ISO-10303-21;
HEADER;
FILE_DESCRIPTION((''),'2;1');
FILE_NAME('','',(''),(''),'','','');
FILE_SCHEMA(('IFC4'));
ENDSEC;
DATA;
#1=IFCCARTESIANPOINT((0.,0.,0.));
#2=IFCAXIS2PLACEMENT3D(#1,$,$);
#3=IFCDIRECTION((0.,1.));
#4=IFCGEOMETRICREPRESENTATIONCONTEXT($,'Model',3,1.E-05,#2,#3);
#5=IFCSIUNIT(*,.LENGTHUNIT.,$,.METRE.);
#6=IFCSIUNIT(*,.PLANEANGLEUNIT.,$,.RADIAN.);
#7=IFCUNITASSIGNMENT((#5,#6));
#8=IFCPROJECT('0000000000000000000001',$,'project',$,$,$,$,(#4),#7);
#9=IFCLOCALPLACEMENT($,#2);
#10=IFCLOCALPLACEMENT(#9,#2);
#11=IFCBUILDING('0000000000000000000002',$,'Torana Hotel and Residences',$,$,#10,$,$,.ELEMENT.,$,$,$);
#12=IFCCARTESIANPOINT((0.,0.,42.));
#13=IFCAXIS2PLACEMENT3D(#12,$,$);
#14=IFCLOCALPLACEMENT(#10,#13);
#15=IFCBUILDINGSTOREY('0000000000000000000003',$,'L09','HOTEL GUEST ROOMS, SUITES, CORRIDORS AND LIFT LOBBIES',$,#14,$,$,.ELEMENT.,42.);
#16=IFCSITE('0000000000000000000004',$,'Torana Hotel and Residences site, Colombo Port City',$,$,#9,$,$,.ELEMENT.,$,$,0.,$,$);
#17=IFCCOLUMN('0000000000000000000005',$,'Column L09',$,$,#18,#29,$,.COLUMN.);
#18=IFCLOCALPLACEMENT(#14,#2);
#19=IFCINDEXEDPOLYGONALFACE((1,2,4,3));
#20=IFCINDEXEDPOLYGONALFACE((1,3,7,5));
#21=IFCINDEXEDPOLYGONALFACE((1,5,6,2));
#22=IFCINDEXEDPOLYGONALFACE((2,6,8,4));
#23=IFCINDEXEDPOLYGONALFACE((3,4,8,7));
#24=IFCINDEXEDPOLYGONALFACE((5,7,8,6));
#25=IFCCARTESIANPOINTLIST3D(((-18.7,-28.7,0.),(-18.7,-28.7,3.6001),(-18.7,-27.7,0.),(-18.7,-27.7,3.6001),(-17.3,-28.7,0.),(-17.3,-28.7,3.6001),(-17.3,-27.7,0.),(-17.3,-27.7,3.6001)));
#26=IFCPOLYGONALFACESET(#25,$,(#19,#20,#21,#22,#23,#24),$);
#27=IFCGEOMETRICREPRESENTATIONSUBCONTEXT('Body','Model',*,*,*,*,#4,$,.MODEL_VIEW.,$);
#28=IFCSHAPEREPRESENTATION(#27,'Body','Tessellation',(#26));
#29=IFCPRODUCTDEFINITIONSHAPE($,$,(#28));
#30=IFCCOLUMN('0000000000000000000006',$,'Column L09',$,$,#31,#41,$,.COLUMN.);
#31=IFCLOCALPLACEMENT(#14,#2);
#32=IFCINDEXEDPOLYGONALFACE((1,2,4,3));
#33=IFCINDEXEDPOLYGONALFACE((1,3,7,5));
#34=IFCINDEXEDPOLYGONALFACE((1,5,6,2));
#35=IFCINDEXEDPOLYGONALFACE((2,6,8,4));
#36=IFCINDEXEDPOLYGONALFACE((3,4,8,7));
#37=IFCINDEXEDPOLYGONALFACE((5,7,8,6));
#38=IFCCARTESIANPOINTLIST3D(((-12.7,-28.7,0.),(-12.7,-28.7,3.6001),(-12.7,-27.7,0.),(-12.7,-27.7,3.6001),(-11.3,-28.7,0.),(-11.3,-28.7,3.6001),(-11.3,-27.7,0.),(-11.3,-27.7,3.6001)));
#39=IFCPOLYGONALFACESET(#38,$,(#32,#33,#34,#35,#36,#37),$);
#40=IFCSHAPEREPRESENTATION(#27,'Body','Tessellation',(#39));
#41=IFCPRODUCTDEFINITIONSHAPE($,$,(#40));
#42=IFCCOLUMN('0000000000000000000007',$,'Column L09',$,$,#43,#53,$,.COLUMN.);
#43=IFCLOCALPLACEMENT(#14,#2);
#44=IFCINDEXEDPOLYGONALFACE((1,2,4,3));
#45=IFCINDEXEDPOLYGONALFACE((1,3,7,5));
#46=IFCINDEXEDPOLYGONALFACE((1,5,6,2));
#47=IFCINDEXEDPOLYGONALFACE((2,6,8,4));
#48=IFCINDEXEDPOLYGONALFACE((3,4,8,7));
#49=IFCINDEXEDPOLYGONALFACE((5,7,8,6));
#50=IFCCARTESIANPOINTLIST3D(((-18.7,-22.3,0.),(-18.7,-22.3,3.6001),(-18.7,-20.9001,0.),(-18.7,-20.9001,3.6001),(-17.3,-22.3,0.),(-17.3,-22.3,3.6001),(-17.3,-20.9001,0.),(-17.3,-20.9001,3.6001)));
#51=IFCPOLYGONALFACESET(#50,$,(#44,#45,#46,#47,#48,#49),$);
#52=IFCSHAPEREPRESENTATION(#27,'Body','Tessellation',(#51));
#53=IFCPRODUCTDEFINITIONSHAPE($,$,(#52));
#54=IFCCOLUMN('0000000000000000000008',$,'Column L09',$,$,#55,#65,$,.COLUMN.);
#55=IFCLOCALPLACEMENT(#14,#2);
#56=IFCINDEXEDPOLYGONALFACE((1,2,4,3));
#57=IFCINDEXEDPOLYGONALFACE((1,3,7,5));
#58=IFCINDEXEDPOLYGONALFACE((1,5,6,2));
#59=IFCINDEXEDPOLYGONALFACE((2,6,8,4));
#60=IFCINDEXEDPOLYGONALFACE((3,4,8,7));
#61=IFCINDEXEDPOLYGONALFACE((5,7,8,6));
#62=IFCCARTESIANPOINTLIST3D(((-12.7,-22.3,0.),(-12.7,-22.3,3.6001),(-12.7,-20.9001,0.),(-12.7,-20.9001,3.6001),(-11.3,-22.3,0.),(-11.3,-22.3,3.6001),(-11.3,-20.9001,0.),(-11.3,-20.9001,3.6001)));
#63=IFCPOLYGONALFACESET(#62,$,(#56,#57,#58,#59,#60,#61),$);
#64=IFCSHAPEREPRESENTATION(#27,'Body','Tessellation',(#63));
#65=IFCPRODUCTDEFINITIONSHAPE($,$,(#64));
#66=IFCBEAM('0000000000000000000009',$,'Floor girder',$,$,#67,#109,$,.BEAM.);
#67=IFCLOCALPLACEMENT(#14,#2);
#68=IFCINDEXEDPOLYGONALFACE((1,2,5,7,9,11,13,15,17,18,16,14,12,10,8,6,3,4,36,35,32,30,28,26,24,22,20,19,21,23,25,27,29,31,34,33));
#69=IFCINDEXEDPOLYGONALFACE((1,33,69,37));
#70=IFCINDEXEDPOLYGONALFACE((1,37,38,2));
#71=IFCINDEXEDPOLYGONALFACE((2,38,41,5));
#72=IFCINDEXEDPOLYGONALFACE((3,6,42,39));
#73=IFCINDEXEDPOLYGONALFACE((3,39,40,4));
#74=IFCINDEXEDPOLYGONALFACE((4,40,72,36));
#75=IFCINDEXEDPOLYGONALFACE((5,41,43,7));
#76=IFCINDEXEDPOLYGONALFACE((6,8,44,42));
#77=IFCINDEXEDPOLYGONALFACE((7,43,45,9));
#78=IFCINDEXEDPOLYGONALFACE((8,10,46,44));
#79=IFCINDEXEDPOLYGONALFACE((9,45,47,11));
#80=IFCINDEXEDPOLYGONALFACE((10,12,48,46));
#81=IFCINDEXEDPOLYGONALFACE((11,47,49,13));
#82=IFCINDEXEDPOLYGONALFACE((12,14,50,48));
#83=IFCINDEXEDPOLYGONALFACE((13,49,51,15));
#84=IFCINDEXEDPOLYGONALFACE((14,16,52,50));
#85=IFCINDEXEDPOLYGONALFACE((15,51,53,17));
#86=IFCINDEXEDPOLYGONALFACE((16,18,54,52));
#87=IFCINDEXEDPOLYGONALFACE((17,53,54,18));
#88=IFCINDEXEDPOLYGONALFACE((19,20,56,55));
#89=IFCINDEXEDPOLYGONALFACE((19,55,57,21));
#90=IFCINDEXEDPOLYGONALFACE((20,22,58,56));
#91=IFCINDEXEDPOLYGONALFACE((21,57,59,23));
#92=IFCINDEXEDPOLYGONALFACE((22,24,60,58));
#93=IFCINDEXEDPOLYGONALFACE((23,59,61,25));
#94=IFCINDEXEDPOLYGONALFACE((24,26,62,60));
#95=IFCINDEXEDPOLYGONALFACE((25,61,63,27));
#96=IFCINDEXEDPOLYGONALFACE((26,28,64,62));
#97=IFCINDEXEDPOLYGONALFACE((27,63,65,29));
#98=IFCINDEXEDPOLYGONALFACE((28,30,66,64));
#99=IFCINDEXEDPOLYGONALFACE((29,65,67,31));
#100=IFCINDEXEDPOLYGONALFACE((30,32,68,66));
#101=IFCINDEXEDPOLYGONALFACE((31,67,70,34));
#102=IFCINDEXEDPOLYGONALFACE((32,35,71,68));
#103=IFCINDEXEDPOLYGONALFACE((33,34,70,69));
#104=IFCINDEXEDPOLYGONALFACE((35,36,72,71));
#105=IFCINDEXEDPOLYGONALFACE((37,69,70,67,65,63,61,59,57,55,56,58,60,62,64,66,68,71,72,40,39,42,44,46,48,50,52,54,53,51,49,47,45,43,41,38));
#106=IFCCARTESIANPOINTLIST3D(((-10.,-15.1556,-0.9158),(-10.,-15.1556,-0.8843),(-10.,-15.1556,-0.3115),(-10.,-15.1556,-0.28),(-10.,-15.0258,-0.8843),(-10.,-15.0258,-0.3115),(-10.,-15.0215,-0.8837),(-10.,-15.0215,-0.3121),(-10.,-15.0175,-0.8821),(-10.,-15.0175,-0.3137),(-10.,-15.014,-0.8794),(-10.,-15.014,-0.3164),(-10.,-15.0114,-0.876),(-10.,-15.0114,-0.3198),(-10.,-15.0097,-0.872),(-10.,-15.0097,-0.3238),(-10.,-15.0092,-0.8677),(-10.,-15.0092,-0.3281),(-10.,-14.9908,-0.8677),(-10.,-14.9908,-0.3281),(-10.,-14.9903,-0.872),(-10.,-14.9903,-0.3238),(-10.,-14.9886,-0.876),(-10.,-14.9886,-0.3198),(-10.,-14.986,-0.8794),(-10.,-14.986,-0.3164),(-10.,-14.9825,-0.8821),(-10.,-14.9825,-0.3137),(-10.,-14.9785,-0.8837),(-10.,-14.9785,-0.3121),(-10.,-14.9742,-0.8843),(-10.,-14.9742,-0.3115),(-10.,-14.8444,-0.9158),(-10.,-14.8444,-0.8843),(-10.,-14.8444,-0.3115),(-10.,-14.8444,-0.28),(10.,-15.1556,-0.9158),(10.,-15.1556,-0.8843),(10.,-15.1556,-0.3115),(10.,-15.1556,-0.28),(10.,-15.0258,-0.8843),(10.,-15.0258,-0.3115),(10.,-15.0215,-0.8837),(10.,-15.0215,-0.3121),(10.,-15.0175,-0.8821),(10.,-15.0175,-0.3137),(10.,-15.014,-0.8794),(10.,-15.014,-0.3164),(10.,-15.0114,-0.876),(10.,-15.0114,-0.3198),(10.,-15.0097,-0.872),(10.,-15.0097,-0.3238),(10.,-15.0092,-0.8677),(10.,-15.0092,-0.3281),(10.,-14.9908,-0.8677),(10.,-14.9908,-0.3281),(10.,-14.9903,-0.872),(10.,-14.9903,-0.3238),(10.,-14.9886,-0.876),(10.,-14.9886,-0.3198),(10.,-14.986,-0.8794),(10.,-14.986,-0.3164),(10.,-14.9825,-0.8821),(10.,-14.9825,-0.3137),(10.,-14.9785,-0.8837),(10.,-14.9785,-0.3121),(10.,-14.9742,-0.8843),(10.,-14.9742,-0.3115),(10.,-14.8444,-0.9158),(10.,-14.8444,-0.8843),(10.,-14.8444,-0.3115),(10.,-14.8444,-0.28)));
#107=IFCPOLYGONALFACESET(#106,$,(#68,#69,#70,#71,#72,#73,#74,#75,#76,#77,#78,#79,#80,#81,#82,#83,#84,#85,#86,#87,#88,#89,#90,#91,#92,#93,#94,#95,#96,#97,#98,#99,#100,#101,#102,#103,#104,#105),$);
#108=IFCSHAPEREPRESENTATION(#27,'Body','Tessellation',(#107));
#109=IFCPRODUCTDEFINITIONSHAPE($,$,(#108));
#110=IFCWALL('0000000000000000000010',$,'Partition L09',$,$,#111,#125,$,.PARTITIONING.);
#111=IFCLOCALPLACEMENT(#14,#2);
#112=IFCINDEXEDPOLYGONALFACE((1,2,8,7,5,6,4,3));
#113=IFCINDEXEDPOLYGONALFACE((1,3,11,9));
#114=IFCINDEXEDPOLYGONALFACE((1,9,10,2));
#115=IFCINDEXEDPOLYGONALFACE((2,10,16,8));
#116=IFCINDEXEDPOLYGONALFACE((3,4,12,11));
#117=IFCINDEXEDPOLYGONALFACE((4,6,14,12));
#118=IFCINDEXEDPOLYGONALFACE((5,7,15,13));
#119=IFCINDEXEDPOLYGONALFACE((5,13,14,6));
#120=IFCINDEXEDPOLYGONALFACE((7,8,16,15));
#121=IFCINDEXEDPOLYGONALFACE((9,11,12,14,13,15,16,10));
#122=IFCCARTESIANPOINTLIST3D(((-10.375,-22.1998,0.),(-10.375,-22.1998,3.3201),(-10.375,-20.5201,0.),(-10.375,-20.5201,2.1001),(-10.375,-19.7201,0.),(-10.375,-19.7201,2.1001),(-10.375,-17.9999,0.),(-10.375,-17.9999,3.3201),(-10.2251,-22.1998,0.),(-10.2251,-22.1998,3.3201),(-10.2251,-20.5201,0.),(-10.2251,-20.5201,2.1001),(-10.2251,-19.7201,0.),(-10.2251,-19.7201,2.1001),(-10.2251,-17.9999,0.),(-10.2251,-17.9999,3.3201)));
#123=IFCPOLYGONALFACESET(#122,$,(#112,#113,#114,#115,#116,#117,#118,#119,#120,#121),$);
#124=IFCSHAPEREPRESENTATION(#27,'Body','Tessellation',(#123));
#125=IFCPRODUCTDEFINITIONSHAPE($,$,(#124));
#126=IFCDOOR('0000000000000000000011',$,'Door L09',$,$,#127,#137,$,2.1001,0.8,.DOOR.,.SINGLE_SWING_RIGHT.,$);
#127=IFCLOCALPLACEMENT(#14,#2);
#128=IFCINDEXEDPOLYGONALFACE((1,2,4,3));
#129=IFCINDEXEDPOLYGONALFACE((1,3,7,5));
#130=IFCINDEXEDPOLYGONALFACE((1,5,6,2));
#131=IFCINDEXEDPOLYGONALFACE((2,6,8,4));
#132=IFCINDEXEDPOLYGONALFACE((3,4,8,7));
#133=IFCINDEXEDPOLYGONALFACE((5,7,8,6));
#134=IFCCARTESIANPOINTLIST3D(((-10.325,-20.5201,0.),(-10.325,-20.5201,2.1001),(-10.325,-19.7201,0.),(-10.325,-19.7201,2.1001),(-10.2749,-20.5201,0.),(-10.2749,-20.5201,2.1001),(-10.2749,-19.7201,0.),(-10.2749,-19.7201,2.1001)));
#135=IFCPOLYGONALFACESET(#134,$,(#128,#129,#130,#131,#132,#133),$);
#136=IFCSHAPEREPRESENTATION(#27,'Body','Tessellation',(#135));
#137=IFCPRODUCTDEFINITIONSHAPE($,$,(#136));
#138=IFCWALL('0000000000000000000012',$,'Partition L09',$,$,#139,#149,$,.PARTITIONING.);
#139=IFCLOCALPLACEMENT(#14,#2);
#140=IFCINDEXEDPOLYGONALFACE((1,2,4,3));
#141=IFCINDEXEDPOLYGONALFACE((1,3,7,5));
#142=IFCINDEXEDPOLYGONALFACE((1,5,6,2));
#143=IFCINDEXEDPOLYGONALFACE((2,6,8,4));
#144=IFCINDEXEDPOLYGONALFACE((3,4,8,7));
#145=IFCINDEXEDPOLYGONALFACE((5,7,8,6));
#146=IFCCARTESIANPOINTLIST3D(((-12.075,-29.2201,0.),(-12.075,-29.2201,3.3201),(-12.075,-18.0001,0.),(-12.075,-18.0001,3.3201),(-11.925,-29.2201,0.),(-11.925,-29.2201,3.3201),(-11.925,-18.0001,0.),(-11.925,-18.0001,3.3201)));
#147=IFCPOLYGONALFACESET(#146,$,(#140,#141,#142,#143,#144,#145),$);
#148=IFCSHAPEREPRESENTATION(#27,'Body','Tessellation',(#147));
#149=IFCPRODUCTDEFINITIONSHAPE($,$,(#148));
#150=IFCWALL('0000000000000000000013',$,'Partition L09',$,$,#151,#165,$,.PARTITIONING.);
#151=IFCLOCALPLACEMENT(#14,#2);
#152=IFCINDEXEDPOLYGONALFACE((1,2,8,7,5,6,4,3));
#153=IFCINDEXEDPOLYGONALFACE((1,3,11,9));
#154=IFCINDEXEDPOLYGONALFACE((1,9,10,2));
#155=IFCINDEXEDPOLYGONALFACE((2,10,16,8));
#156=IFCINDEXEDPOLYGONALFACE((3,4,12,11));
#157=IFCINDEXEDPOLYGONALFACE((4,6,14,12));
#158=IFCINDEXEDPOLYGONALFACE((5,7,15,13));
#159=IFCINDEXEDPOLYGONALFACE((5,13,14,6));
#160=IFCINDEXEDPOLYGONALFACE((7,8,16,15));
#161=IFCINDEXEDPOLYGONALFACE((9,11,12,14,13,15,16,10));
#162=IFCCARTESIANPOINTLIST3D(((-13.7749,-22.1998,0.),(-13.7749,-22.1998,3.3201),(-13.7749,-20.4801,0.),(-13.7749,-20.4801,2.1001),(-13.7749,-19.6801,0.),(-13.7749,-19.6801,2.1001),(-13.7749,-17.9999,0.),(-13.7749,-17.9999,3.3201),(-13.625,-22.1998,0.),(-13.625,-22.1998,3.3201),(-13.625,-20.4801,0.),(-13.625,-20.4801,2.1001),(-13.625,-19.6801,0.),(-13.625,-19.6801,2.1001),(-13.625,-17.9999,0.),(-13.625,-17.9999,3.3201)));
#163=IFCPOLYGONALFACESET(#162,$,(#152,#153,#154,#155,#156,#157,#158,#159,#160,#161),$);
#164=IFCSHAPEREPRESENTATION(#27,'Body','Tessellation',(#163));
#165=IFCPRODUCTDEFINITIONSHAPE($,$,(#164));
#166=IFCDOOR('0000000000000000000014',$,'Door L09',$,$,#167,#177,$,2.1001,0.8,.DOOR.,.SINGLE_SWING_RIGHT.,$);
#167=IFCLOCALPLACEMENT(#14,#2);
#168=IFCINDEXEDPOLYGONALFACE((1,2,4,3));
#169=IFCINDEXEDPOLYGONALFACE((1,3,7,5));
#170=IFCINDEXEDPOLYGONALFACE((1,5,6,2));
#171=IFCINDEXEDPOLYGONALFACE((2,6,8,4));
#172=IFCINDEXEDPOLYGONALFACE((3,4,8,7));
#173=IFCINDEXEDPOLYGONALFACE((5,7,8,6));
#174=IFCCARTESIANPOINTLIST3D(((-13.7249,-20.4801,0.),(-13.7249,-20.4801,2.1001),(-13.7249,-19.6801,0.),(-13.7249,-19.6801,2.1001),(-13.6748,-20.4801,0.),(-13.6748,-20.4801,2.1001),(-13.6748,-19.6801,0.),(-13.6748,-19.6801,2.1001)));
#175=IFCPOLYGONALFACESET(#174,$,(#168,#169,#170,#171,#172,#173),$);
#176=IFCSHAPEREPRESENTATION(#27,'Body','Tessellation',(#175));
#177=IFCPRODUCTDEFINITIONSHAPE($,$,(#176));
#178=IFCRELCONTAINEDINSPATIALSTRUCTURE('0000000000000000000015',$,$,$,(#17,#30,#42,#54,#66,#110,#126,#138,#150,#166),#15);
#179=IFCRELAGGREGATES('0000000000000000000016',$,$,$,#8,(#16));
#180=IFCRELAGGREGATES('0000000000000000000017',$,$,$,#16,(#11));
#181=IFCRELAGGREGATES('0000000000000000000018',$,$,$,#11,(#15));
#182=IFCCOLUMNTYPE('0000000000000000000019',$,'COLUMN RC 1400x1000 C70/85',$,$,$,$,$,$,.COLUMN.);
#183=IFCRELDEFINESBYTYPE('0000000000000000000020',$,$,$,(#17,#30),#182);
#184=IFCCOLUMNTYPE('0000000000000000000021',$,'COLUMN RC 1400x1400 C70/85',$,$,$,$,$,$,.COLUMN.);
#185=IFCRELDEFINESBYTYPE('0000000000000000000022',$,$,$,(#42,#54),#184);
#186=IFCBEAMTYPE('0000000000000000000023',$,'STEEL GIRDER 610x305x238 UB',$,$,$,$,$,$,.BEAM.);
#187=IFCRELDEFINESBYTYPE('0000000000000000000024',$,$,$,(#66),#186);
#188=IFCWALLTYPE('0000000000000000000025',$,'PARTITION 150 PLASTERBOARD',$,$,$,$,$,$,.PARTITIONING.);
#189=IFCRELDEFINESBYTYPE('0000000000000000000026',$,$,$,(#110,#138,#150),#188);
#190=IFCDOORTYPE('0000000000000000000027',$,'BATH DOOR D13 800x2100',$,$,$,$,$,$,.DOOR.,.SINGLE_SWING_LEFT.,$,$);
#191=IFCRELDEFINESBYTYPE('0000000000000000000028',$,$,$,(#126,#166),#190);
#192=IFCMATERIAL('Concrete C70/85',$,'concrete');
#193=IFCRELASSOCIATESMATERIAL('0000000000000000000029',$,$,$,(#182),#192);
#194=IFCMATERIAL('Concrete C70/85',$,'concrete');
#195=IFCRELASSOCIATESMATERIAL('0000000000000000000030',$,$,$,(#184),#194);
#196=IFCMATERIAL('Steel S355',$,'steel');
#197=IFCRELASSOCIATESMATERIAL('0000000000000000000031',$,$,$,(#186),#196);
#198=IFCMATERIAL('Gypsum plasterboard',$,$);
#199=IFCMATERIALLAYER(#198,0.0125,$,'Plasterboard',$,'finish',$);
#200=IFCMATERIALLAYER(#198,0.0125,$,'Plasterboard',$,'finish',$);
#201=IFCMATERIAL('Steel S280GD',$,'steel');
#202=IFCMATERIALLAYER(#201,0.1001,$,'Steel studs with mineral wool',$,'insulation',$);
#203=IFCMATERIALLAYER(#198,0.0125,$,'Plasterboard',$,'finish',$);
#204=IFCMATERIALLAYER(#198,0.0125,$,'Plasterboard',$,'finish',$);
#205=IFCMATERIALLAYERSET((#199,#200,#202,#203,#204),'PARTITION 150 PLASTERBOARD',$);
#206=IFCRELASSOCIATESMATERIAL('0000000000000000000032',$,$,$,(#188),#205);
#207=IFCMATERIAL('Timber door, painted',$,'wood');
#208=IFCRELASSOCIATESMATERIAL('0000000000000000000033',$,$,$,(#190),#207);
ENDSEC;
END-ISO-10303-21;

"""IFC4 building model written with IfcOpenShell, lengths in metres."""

from ifc_helpers import new_model, si_unit, direction, frame, frame_2d, origin, origin_2d, place, context, subcontext, project, spatial, rectangle, i_section, extrude, material, layer, layer_set, material_profile, profile_set, type_object, element, fill, save


model = new_model("IFC4")

# Units and contexts
model_context = context("Model", 3, precision=1e-05, world=origin(), true_north=direction((0.0, 1.0)))
body_context = subcontext(model_context, "Body", "Model", "MODEL_VIEW")
ifc_project = project(units=[si_unit("LENGTHUNIT", "METRE"), si_unit("PLANEANGLEUNIT", "RADIAN")], contexts=[model_context])

# Site, building, storey
site_placement = place(None, origin())
site = spatial("IfcSite", under=ifc_project, at=site_placement, Name="Torana Hotel and Residences site, Colombo Port City", CompositionType="ELEMENT", RefElevation=0.0)
building_placement = place(site_placement, origin())
building = spatial("IfcBuilding", under=site, at=building_placement, Name="Torana Hotel and Residences", CompositionType="ELEMENT")
storey_placement = place(building_placement, frame((0.0, 0.0, 42.0)))
storey = spatial("IfcBuildingStorey", under=building, at=storey_placement, Name="L09", Description="HOTEL GUEST ROOMS, SUITES, CORRIDORS AND LIFT LOBBIES", CompositionType="ELEMENT", Elevation=42.0)

# Columns
ifc_material_1 = material(Name="Concrete C70/85", Category="concrete")
ifc_material_profile_1 = material_profile(ifc_material_1, rectangle(XDim=1.3999, YDim=1.0, at=origin_2d()), Name="RC 1400x1000")
ifc_profile_set_1 = profile_set([ifc_material_profile_1], Name="Concrete C70/85")
column_type_1 = type_object("IfcColumnType", Name="COLUMN RC 1400x1000 C70/85", PredefinedType="COLUMN", material=ifc_profile_set_1)
for number, where, z_axis, x_axis, name in (
    (1, (-18.0, -28.2, 0.0), (0.0, 0.0, 1.0), (1.0, 0.0, 0.0), "Column L09"),
    (2, (-12.0, -28.2, 0.0), (0.0, 0.0, 1.0), (1.0, 0.0, 0.0), "Column L09"),
):
    element("IfcColumn", number, at=place(storey_placement, frame(where, z_axis=z_axis, x_axis=x_axis)), inside=storey, type_object=column_type_1, Name=name, PredefinedType="COLUMN", context=body_context, shape_type="SweptSolid", body=[
        extrude(rectangle(XDim=1.3999, YDim=1.0, at=origin_2d()), origin(), (0.0, 0.0, 1.0), 3.6001),
    ])
ifc_material_2 = material(Name="Concrete C70/85", Category="concrete")
ifc_material_profile_2 = material_profile(ifc_material_2, rectangle(XDim=1.3999, YDim=1.3999, at=origin_2d()), Name="RC 1400x1400")
ifc_profile_set_2 = profile_set([ifc_material_profile_2], Name="Concrete C70/85")
column_type_2 = type_object("IfcColumnType", Name="COLUMN RC 1400x1400 C70/85", PredefinedType="COLUMN", material=ifc_profile_set_2)
for number, where, z_axis, x_axis, name in (
    (3, (-18.0, -21.6001, 0.0), (0.0, 0.0, 1.0), (1.0, 0.0, 0.0), "Column L09"),
    (4, (-12.0, -21.6001, 0.0), (0.0, 0.0, 1.0), (1.0, 0.0, 0.0), "Column L09"),
):
    element("IfcColumn", number, at=place(storey_placement, frame(where, z_axis=z_axis, x_axis=x_axis)), inside=storey, type_object=column_type_2, Name=name, PredefinedType="COLUMN", context=body_context, shape_type="SweptSolid", body=[
        extrude(rectangle(XDim=1.3999, YDim=1.3999, at=origin_2d()), origin(), (0.0, 0.0, 1.0), 3.6001),
    ])

# Beam
ifc_material_3 = material(Name="Steel S355", Category="steel")
ifc_material_profile_3 = material_profile(ifc_material_3, i_section(OverallWidth=0.3113, OverallDepth=0.6357, WebThickness=0.0183, FlangeThickness=0.0315, FilletRadius=0.0166, at=origin_2d()), Name="610x305x238 UB")
ifc_profile_set_3 = profile_set([ifc_material_profile_3], Name="Steel S355")
beam_type = type_object("IfcBeamType", Name="STEEL GIRDER 610x305x238 UB", PredefinedType="BEAM", material=ifc_profile_set_3)
beam_placement = place(storey_placement, frame((-10.0, -15.0, -0.5979), z_axis=(1.0, 0.0, 0.0), x_axis=(0.0, 1.0, 0.0)))
element("IfcBeam", 5, at=beam_placement, inside=storey, type_object=beam_type, Name="Floor girder", PredefinedType="BEAM", context=body_context, shape_type="SweptSolid", body=[
    extrude(i_section(OverallWidth=0.3113, OverallDepth=0.6357, WebThickness=0.0183, FlangeThickness=0.0315, FilletRadius=0.0166, at=origin_2d()), origin(), (0.0, 0.0, 1.0), 20.0),
])

# Wall, opening, door
ifc_material_4 = material(Name="Gypsum plasterboard")
ifc_layer_1 = layer(ifc_material_4, 0.0125, Name="Plasterboard", Category="finish")
ifc_layer_2 = layer(ifc_material_4, 0.0125, Name="Plasterboard", Category="finish")
ifc_material_5 = material(Name="Steel S280GD", Category="steel")
ifc_layer_3 = layer(ifc_material_5, 0.1001, Name="Steel studs with mineral wool", Category="insulation")
ifc_layer_4 = layer(ifc_material_4, 0.0125, Name="Plasterboard", Category="finish")
ifc_layer_5 = layer(ifc_material_4, 0.0125, Name="Plasterboard", Category="finish")
ifc_layer_set_1 = layer_set([ifc_layer_1, ifc_layer_2, ifc_layer_3, ifc_layer_4, ifc_layer_5], Name="PARTITION 150 PLASTERBOARD")
wall_type_1 = type_object("IfcWallType", Name="PARTITION 150 PLASTERBOARD", PredefinedType="PARTITIONING", material=ifc_layer_set_1)
wall_1_placement = place(storey_placement, frame((-10.3, -22.2, 0.0), z_axis=(0.0, 0.0, 1.0), x_axis=(0.0, 1.0, 0.0)))
wall_1 = element("IfcWall", 6, at=wall_1_placement, inside=storey, type_object=wall_type_1, Name="Partition L09", PredefinedType="PARTITIONING", context=body_context, shape_type="SweptSolid", body=[
    extrude(rectangle(XDim=4.2, YDim=0.1499, at=frame_2d((2.1001, 0.0))), origin(), (0.0, 0.0, 1.0), 3.3201),
])
opening_1_placement = place(wall_1_placement, frame((1.6799, 0.0, 0.0)))
opening_1 = element("IfcOpeningElement", 7, at=opening_1_placement, cuts=wall_1, PredefinedType="OPENING", context=body_context, shape_type="SweptSolid", body=[
    extrude(rectangle(XDim=0.8, YDim=2.1001, at=frame_2d((0.3999, 1.05))), frame((0.0, 0.085, 0.0), z_axis=(0.0, -1.0, 0.0), x_axis=(1.0, 0.0, 0.0)), (0.0, 0.0, 1.0), 0.1699),
])
ifc_material_6 = material(Name="Timber door, painted", Category="wood")
door_type = type_object("IfcDoorType", Name="BATH DOOR D13 800x2100", OperationType="SINGLE_SWING_LEFT", PredefinedType="DOOR", material=ifc_material_6)
door_1_placement = place(opening_1_placement, origin())
door_1 = element("IfcDoor", 8, at=door_1_placement, inside=storey, type_object=door_type, Name="Door L09", OperationType="SINGLE_SWING_RIGHT", OverallHeight=2.1001, OverallWidth=0.8, PredefinedType="DOOR", context=body_context, shape_type="SweptSolid", body=[
    extrude(rectangle(XDim=0.8, YDim=2.1001, at=frame_2d((0.3999, 1.05))), frame((0.0, 0.0249, 0.0), z_axis=(0.0, -1.0, 0.0), x_axis=(1.0, 0.0, 0.0)), (0.0, 0.0, 1.0), 0.05),
])
fill(opening_1, door_1)

# Wall
wall_2_placement = place(storey_placement, frame((-12.0, -29.22, 0.0), z_axis=(0.0, 0.0, 1.0), x_axis=(0.0, 1.0, 0.0)))
element("IfcWall", 9, at=wall_2_placement, inside=storey, type_object=wall_type_1, Name="Partition L09", PredefinedType="PARTITIONING", context=body_context, shape_type="SweptSolid", body=[
    extrude(rectangle(XDim=11.22, YDim=0.1499, at=frame_2d((5.6099, 0.0))), origin(), (0.0, 0.0, 1.0), 3.3201),
])

# Wall, opening, door
wall_3_placement = place(storey_placement, frame((-13.7, -22.2, 0.0), z_axis=(0.0, 0.0, 1.0), x_axis=(0.0, 1.0, 0.0)))
wall_3 = element("IfcWall", 10, at=wall_3_placement, inside=storey, type_object=wall_type_1, Name="Partition L09", PredefinedType="PARTITIONING", context=body_context, shape_type="SweptSolid", body=[
    extrude(rectangle(XDim=4.2, YDim=0.1499, at=frame_2d((2.1001, 0.0))), origin(), (0.0, 0.0, 1.0), 3.3201),
])
opening_2_placement = place(wall_3_placement, frame((1.72, 0.0, 0.0)))
opening_2 = element("IfcOpeningElement", 11, at=opening_2_placement, cuts=wall_3, PredefinedType="OPENING", context=body_context, shape_type="SweptSolid", body=[
    extrude(rectangle(XDim=0.8, YDim=2.1001, at=frame_2d((0.3999, 1.05))), frame((0.0, 0.085, 0.0), z_axis=(0.0, -1.0, 0.0), x_axis=(1.0, 0.0, 0.0)), (0.0, 0.0, 1.0), 0.1699),
])
door_2_placement = place(opening_2_placement, origin())
door_2 = element("IfcDoor", 12, at=door_2_placement, inside=storey, type_object=door_type, Name="Door L09", OperationType="SINGLE_SWING_RIGHT", OverallHeight=2.1001, OverallWidth=0.8, PredefinedType="DOOR", context=body_context, shape_type="SweptSolid", body=[
    extrude(rectangle(XDim=0.8, YDim=2.1001, at=frame_2d((0.3999, 1.05))), frame((0.0, 0.0249, 0.0), z_axis=(0.0, -1.0, 0.0), x_axis=(1.0, 0.0, 0.0)), (0.0, 0.0, 1.0), 0.05),
])
fill(opening_2, door_2)

save(model, "model.ifc")
